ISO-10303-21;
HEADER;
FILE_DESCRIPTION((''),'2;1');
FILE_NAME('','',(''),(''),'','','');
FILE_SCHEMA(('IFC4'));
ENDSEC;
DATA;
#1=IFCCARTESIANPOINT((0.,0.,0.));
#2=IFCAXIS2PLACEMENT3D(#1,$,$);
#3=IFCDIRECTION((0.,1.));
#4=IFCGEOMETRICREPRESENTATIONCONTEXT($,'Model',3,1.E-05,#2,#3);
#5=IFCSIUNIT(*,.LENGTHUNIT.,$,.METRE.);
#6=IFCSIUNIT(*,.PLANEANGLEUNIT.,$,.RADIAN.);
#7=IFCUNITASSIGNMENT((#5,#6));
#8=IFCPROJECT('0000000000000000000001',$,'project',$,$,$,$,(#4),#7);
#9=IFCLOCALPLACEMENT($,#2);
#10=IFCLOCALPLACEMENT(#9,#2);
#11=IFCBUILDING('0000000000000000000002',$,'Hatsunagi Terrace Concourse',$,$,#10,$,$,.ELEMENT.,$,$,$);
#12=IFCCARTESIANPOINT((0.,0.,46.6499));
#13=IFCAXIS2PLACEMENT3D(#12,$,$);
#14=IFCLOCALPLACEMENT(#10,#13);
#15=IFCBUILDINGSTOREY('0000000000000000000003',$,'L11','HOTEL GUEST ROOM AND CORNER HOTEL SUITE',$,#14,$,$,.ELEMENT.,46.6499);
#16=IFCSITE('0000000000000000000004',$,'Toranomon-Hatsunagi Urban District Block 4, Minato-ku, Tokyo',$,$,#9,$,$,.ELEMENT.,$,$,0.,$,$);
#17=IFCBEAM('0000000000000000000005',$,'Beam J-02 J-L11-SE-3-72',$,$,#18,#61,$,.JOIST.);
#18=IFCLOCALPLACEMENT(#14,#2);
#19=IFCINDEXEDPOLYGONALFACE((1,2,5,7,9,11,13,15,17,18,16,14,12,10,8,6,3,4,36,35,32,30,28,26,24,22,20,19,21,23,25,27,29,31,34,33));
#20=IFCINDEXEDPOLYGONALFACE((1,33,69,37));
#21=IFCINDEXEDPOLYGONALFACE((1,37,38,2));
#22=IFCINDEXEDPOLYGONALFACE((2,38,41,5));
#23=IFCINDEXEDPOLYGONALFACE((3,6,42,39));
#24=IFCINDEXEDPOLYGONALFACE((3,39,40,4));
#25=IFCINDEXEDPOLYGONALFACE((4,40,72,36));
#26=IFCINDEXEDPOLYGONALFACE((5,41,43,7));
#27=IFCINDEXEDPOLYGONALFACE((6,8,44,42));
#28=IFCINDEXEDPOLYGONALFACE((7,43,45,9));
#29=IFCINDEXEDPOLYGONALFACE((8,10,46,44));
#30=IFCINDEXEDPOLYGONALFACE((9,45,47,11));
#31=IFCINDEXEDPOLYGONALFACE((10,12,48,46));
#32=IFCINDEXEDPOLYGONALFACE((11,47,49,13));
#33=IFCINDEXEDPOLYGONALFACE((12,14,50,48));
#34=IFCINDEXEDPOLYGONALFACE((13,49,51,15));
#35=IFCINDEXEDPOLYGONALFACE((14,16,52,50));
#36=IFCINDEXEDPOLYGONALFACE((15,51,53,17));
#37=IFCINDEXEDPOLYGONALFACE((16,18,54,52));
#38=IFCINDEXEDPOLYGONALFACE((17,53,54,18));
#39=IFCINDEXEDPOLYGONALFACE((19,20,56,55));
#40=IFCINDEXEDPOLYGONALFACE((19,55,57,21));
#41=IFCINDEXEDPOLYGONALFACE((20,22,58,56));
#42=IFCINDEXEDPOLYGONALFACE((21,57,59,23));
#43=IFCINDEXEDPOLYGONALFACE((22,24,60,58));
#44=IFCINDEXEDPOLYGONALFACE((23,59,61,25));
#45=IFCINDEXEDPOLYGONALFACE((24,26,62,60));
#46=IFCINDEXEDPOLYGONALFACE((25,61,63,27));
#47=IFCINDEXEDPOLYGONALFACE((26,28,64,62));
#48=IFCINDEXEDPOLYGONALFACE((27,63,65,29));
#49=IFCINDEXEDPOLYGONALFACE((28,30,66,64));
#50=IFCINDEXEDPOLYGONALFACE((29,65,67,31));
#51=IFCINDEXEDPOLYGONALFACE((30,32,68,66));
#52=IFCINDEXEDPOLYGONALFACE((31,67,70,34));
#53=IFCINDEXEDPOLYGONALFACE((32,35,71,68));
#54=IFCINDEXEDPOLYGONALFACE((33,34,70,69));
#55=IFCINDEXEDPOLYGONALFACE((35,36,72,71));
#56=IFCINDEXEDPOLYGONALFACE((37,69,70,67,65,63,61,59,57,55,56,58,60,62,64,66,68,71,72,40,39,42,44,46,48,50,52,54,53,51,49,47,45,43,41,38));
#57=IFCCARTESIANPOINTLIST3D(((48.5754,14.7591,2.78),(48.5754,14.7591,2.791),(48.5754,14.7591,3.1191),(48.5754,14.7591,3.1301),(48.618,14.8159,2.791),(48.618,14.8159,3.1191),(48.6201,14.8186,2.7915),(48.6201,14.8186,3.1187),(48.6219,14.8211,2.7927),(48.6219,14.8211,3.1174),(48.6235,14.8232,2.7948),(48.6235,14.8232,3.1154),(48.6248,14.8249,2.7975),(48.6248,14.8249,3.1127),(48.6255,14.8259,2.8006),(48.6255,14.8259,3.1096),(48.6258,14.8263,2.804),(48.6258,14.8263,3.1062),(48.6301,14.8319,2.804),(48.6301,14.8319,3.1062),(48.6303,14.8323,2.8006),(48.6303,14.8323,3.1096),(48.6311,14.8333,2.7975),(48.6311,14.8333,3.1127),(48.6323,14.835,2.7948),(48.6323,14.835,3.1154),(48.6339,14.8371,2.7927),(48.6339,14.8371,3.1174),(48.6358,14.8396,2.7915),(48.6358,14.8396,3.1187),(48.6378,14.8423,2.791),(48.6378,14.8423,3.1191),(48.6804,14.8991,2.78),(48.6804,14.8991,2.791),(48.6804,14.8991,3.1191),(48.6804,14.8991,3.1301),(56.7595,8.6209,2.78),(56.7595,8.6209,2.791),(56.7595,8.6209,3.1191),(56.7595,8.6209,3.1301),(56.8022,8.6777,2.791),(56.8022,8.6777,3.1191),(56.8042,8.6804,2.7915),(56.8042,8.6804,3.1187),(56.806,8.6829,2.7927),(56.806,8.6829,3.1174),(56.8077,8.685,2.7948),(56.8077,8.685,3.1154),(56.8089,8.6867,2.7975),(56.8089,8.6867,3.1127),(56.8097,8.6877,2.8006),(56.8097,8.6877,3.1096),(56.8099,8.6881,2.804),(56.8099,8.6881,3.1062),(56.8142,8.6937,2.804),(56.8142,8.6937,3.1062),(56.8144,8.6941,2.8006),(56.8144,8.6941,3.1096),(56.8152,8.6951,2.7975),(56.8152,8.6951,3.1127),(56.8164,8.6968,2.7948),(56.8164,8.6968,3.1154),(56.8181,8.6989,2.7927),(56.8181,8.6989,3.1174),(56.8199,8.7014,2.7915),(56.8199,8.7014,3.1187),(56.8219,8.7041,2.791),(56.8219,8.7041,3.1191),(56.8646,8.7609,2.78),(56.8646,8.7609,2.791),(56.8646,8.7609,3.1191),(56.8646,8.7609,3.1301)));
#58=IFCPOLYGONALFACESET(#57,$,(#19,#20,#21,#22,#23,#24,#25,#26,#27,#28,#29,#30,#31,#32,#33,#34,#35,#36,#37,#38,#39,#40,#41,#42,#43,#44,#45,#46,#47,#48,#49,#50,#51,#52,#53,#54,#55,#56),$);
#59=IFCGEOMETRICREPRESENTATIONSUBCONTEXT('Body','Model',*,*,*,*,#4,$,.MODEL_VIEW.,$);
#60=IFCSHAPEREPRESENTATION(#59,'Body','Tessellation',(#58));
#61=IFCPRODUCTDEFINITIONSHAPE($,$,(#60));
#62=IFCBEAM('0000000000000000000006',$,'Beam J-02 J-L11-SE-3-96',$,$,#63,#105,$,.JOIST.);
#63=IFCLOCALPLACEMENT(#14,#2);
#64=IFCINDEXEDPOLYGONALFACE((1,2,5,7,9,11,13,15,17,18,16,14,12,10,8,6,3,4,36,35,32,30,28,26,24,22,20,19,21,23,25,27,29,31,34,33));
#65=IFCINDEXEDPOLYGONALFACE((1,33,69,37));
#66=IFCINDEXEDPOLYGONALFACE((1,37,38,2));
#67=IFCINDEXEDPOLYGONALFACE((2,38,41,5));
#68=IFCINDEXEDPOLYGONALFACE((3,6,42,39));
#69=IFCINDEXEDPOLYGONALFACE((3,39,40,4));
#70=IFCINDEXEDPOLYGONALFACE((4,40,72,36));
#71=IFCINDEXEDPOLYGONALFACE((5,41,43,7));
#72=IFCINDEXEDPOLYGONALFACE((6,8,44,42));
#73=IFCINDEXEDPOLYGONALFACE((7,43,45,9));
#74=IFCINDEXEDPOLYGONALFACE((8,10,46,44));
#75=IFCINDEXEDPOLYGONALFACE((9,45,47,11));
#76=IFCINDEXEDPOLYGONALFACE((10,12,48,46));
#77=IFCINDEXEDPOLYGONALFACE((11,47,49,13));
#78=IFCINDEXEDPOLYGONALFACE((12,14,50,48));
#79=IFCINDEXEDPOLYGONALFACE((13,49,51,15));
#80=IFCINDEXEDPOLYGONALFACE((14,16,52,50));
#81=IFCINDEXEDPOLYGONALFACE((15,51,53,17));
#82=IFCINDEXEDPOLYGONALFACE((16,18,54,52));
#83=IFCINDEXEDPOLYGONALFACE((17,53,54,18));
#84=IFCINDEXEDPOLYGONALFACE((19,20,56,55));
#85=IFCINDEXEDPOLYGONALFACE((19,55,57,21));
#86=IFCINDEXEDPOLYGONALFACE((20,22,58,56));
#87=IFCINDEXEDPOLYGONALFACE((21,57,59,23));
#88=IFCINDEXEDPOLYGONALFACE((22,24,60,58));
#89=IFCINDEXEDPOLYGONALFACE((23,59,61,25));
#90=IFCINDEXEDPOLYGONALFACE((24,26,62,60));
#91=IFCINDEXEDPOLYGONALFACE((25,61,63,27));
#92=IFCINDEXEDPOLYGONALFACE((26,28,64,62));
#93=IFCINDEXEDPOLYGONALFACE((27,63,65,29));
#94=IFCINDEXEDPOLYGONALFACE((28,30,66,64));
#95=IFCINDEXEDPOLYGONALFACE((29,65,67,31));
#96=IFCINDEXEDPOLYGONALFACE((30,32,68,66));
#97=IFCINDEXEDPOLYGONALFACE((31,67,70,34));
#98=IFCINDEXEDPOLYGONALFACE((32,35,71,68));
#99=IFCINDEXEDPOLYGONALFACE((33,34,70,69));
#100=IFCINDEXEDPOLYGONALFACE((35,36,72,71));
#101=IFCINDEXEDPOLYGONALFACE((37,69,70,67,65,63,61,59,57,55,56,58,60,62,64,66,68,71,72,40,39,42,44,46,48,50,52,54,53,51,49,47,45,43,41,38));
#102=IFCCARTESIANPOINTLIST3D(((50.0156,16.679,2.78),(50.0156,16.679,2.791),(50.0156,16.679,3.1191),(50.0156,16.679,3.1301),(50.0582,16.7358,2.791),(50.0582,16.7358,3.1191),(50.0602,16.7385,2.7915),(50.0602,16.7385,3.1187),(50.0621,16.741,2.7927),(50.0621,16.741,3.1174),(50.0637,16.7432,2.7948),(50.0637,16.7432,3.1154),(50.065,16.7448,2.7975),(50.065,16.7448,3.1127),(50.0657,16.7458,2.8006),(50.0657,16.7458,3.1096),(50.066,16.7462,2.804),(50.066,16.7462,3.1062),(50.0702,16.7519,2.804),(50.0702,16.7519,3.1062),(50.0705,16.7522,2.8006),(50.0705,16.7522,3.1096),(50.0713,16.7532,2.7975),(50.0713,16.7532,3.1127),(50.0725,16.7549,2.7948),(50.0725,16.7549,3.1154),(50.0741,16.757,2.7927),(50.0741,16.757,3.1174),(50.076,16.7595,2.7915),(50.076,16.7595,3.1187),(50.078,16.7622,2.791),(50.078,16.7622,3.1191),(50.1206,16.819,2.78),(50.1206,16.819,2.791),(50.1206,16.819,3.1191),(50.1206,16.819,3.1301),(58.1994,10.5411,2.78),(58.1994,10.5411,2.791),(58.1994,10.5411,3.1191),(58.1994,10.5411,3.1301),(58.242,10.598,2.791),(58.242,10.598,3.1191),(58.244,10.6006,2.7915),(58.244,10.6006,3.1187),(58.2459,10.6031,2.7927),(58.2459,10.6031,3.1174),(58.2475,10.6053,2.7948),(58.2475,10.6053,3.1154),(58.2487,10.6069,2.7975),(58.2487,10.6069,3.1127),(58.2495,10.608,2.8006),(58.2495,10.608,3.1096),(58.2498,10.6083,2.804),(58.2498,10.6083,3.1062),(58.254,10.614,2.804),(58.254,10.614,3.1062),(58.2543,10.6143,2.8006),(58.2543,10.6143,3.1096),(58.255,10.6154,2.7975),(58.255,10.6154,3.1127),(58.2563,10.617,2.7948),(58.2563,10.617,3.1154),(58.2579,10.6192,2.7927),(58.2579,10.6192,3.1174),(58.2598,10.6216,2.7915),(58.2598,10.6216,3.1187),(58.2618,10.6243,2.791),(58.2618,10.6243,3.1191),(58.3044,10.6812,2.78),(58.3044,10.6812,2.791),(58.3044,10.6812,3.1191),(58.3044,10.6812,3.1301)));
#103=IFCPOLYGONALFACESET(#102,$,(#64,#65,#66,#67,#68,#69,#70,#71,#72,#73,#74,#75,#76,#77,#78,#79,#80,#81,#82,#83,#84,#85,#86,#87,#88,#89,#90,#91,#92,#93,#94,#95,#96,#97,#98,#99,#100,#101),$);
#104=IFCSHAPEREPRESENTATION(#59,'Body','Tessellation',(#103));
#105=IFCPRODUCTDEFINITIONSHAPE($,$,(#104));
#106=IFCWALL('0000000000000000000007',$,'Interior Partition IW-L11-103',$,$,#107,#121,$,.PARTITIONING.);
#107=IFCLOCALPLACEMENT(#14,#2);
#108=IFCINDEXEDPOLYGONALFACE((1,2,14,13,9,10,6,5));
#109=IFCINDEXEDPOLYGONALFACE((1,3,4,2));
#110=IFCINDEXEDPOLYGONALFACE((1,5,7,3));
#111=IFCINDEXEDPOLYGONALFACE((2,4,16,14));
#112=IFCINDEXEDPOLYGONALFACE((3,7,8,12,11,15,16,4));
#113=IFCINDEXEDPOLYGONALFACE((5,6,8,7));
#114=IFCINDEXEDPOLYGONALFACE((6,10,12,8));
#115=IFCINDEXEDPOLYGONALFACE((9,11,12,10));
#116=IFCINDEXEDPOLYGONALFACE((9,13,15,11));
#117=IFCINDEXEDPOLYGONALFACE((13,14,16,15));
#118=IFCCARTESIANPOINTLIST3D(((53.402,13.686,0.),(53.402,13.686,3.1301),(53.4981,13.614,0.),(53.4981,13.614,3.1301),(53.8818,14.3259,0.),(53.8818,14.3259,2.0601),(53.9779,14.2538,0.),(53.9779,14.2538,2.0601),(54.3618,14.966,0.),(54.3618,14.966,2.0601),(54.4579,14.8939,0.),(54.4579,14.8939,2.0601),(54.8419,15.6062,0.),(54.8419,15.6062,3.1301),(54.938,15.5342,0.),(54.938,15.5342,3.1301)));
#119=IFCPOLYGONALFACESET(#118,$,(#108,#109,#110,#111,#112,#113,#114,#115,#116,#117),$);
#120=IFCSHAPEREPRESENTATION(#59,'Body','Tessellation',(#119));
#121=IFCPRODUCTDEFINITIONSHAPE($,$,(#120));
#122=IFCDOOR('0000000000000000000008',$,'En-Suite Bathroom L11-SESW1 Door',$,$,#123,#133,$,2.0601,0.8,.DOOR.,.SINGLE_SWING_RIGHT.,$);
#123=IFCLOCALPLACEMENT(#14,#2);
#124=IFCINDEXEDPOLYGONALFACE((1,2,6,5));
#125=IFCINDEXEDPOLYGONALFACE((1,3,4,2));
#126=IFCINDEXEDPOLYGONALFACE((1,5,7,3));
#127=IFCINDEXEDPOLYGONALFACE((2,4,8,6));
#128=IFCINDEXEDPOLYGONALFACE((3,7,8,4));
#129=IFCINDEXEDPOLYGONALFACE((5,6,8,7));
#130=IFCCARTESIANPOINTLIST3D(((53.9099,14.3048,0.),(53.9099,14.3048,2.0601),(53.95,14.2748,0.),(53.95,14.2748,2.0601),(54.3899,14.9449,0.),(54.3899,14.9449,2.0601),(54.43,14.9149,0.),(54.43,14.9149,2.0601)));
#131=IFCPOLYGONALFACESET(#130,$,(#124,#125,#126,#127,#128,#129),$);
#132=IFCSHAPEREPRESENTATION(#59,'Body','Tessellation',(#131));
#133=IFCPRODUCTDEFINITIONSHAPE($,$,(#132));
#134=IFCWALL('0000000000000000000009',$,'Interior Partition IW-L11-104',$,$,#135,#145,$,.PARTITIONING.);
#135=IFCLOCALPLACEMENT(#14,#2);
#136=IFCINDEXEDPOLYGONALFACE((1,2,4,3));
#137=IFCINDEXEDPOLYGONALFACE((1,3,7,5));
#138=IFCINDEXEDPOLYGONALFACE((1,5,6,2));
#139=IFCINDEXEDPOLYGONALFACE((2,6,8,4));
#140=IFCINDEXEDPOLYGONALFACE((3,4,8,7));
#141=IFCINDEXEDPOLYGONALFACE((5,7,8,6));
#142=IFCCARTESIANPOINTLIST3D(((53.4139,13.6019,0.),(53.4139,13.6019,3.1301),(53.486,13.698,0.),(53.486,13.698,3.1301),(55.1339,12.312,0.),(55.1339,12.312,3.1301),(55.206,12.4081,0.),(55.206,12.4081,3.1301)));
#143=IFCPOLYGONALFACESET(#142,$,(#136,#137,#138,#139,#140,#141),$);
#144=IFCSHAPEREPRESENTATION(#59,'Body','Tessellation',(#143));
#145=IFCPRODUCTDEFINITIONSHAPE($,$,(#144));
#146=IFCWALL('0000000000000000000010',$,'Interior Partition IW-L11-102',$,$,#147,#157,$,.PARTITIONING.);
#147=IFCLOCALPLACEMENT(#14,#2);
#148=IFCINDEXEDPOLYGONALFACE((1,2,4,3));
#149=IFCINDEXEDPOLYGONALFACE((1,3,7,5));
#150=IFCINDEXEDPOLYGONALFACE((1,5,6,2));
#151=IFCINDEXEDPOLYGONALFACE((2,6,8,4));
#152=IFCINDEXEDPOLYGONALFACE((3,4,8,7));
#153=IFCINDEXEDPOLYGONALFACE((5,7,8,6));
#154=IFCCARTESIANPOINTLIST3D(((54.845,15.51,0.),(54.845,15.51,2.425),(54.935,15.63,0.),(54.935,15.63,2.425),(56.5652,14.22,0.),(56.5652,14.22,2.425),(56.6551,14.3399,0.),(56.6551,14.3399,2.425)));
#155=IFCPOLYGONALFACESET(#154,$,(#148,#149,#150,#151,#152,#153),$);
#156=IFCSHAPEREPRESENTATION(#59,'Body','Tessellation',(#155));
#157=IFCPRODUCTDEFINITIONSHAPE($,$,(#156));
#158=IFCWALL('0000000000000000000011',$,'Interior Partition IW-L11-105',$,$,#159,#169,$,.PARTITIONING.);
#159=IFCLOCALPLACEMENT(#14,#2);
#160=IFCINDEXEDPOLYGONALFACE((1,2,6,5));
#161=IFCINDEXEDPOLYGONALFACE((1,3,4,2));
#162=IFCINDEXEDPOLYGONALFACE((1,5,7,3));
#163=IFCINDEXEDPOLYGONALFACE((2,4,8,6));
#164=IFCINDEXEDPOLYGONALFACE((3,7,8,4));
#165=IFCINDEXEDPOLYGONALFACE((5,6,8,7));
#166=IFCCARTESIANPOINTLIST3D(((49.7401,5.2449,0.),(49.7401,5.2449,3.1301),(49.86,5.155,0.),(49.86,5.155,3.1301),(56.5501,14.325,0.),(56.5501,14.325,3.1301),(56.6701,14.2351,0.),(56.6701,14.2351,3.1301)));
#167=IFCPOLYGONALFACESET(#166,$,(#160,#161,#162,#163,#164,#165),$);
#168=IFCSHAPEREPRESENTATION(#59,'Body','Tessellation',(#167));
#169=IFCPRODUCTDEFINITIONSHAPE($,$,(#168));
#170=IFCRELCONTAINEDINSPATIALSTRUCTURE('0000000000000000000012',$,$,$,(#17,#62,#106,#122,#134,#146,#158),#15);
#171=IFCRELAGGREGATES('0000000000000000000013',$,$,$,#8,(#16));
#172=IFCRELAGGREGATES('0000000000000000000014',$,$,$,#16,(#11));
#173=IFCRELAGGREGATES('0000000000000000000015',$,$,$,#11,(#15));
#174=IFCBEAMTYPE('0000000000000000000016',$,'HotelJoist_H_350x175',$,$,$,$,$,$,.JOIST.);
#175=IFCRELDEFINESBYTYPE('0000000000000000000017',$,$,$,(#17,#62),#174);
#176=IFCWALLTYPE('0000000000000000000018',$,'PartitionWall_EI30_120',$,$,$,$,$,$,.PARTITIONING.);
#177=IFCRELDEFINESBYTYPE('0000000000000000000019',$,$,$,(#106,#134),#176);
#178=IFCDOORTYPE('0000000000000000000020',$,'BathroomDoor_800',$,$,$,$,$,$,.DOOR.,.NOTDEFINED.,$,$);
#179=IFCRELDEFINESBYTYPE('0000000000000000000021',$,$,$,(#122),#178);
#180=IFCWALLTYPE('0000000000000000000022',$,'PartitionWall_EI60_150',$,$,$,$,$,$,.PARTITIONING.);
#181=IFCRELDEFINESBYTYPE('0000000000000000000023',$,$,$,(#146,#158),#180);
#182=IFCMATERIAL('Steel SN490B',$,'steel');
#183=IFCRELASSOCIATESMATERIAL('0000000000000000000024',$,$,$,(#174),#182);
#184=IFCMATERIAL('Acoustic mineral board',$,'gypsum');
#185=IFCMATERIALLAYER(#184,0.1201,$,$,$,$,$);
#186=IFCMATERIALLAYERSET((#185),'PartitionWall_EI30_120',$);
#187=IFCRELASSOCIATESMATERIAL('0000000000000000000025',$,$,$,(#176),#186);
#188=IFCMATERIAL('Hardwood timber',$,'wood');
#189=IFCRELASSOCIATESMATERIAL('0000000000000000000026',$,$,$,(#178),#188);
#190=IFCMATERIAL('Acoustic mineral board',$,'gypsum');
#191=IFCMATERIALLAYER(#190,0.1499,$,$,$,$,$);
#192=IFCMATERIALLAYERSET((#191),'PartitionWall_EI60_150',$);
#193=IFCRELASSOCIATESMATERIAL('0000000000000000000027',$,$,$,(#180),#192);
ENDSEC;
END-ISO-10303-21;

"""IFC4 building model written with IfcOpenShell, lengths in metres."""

from ifc_helpers import new_model, si_unit, direction, frame, frame_2d, origin, origin_2d, place, context, subcontext, project, spatial, rectangle, i_section, extrude, material, layer, layer_set, material_profile, profile_set, type_object, element, fill, save


model = new_model("IFC4")

# Units and contexts
model_context = context("Model", 3, precision=1e-05, world=origin(), true_north=direction((0.0, 1.0)))
body_context = subcontext(model_context, "Body", "Model", "MODEL_VIEW")
ifc_project = project(units=[si_unit("LENGTHUNIT", "METRE"), si_unit("PLANEANGLEUNIT", "RADIAN")], contexts=[model_context])

# Site, building, storey
site_placement = place(None, origin())
site = spatial("IfcSite", under=ifc_project, at=site_placement, Name="Toranomon-Hatsunagi Urban District Block 4, Minato-ku, Tokyo", CompositionType="ELEMENT", RefElevation=0.0)
building_placement = place(site_placement, origin())
building = spatial("IfcBuilding", under=site, at=building_placement, Name="Hatsunagi Terrace Concourse", CompositionType="ELEMENT")
storey_placement = place(building_placement, frame((0.0, 0.0, 46.6499)))
storey = spatial("IfcBuildingStorey", under=building, at=storey_placement, Name="L11", Description="HOTEL GUEST ROOM AND CORNER HOTEL SUITE", CompositionType="ELEMENT", Elevation=46.6499)

# Beams
ifc_material_1 = material(Name="Steel SN490B", Category="steel")
ifc_material_profile_1 = material_profile(ifc_material_1, i_section(OverallWidth=0.175, OverallDepth=0.3501, WebThickness=0.0071, FlangeThickness=0.011, FilletRadius=0.0129, at=origin_2d()), Name="H-350x175x7x11")
ifc_profile_set_1 = profile_set([ifc_material_profile_1], Name="Steel SN490B")
beam_type_1 = type_object("IfcBeamType", Name="HotelJoist_H_350x175", PredefinedType="JOIST", material=ifc_profile_set_1)
beam_1_placement = place(storey_placement, frame((48.6279, 14.8291, 2.9551), z_axis=(0.799994, -0.600008, 0.0), x_axis=(0.600008, 0.799994, 0.0)))
element("IfcBeam", 1, at=beam_1_placement, inside=storey, type_object=beam_type_1, Name="Beam J-02 J-L11-SE-3-72", PredefinedType="JOIST", context=body_context, shape_type="SweptSolid", body=[
    extrude(i_section(OverallWidth=0.175, OverallDepth=0.3501, WebThickness=0.0071, FlangeThickness=0.011, FilletRadius=0.0129, at=origin_2d()), origin(), (0.0, 0.0, 1.0), 10.2302),
])
beam_2_placement = place(storey_placement, frame((50.0681, 16.749, 2.9551), z_axis=(0.799997, -0.600004, 0.0), x_axis=(0.600004, 0.799997, 0.0)))
element("IfcBeam", 2, at=beam_2_placement, inside=storey, type_object=beam_type_1, Name="Beam J-02 J-L11-SE-3-96", PredefinedType="JOIST", context=body_context, shape_type="SweptSolid", body=[
    extrude(i_section(OverallWidth=0.175, OverallDepth=0.3501, WebThickness=0.0071, FlangeThickness=0.011, FilletRadius=0.0129, at=origin_2d()), origin(), (0.0, 0.0, 1.0), 10.2297),
])

# Wall, opening, door
ifc_material_2 = material(Name="Acoustic mineral board", Category="gypsum")
ifc_layer_1 = layer(ifc_material_2, 0.1201)
ifc_layer_set_1 = layer_set([ifc_layer_1], Name="PartitionWall_EI30_120")
wall_type_1 = type_object("IfcWallType", Name="PartitionWall_EI30_120", PredefinedType="PARTITIONING", material=ifc_layer_set_1)
wall_1_placement = place(storey_placement, frame((53.45, 13.6499, 0.0), z_axis=(0.0, 0.0, 1.0), x_axis=(0.599951, 0.800037, 0.0)))
wall_1 = element("IfcWall", 3, at=wall_1_placement, inside=storey, type_object=wall_type_1, Name="Interior Partition IW-L11-103", PredefinedType="PARTITIONING", context=body_context, shape_type="SweptSolid", body=[
    extrude(rectangle(XDim=2.4001, YDim=0.1201, at=frame_2d((1.2002, 0.0))), origin(), (0.0, 0.0, 1.0), 3.1301),
])
opening_1_placement = place(wall_1_placement, frame((0.8, 0.0, 0.0)))
opening_1 = element("IfcOpeningElement", 4, at=opening_1_placement, cuts=wall_1, PredefinedType="OPENING", context=body_context, shape_type="SweptSolid", body=[
    extrude(rectangle(XDim=0.8, YDim=2.0601, at=frame_2d((0.3999, 1.03))), frame((0.0, 0.0701, 0.0), z_axis=(0.0, -1.0, 0.0), x_axis=(1.0, 0.0, 0.0)), (0.0, 0.0, 1.0), 0.1401),
])
ifc_material_3 = material(Name="Hardwood timber", Category="wood")
door_type = type_object("IfcDoorType", Name="BathroomDoor_800", OperationType="NOTDEFINED", PredefinedType="DOOR", material=ifc_material_3)
door_placement = place(opening_1_placement, origin())
door = element("IfcDoor", 5, at=door_placement, inside=storey, type_object=door_type, Name="En-Suite Bathroom L11-SESW1 Door", OperationType="SINGLE_SWING_RIGHT", OverallHeight=2.0601, OverallWidth=0.8, PredefinedType="DOOR", context=body_context, shape_type="SweptSolid", body=[
    extrude(rectangle(XDim=0.8, YDim=2.0601, at=frame_2d((0.3999, 1.03))), frame((0.0, 0.0249, 0.0), z_axis=(0.0, -1.0, 0.0), x_axis=(1.0, 0.0, 0.0)), (0.0, 0.0, 1.0), 0.05),
])
fill(opening_1, door)

# Walls
wall_2_placement = place(storey_placement, frame((53.45, 13.6499, 0.0), z_axis=(0.0, 0.0, 1.0), x_axis=(0.800041, -0.599945, 0.0)))
element("IfcWall", 6, at=wall_2_placement, inside=storey, type_object=wall_type_1, Name="Interior Partition IW-L11-104", PredefinedType="PARTITIONING", context=body_context, shape_type="SweptSolid", body=[
    extrude(rectangle(XDim=2.1499, YDim=0.1201, at=frame_2d((1.075, 0.0))), origin(), (0.0, 0.0, 1.0), 3.1301),
])
ifc_material_4 = material(Name="Acoustic mineral board", Category="gypsum")
ifc_layer_2 = layer(ifc_material_4, 0.1499)
ifc_layer_set_2 = layer_set([ifc_layer_2], Name="PartitionWall_EI60_150")
wall_type_2 = type_object("IfcWallType", Name="PartitionWall_EI60_150", PredefinedType="PARTITIONING", material=ifc_layer_set_2)
wall_3_placement = place(storey_placement, frame((54.8899, 15.5701, 0.0), z_axis=(0.0, 0.0, 1.0), x_axis=(0.800027, -0.599964, 0.0)))
element("IfcWall", 7, at=wall_3_placement, inside=storey, type_object=wall_type_2, Name="Interior Partition IW-L11-102", PredefinedType="PARTITIONING", context=body_context, shape_type="SweptSolid", body=[
    extrude(rectangle(XDim=2.1501, YDim=0.1499, at=frame_2d((1.0752, 0.0))), origin(), (0.0, 0.0, 1.0), 2.425),
])
wall_4_placement = place(storey_placement, frame((49.8, 5.2, 0.0), z_axis=(0.0, 0.0, 1.0), x_axis=(0.6, 0.8, 0.0)))
element("IfcWall", 8, at=wall_4_placement, inside=storey, type_object=wall_type_2, Name="Interior Partition IW-L11-105", PredefinedType="PARTITIONING", context=body_context, shape_type="SweptSolid", body=[
    extrude(rectangle(XDim=11.3501, YDim=0.1499, at=frame_2d((5.675, 0.0))), origin(), (0.0, 0.0, 1.0), 3.1301),
])

save(model, "model.ifc")
